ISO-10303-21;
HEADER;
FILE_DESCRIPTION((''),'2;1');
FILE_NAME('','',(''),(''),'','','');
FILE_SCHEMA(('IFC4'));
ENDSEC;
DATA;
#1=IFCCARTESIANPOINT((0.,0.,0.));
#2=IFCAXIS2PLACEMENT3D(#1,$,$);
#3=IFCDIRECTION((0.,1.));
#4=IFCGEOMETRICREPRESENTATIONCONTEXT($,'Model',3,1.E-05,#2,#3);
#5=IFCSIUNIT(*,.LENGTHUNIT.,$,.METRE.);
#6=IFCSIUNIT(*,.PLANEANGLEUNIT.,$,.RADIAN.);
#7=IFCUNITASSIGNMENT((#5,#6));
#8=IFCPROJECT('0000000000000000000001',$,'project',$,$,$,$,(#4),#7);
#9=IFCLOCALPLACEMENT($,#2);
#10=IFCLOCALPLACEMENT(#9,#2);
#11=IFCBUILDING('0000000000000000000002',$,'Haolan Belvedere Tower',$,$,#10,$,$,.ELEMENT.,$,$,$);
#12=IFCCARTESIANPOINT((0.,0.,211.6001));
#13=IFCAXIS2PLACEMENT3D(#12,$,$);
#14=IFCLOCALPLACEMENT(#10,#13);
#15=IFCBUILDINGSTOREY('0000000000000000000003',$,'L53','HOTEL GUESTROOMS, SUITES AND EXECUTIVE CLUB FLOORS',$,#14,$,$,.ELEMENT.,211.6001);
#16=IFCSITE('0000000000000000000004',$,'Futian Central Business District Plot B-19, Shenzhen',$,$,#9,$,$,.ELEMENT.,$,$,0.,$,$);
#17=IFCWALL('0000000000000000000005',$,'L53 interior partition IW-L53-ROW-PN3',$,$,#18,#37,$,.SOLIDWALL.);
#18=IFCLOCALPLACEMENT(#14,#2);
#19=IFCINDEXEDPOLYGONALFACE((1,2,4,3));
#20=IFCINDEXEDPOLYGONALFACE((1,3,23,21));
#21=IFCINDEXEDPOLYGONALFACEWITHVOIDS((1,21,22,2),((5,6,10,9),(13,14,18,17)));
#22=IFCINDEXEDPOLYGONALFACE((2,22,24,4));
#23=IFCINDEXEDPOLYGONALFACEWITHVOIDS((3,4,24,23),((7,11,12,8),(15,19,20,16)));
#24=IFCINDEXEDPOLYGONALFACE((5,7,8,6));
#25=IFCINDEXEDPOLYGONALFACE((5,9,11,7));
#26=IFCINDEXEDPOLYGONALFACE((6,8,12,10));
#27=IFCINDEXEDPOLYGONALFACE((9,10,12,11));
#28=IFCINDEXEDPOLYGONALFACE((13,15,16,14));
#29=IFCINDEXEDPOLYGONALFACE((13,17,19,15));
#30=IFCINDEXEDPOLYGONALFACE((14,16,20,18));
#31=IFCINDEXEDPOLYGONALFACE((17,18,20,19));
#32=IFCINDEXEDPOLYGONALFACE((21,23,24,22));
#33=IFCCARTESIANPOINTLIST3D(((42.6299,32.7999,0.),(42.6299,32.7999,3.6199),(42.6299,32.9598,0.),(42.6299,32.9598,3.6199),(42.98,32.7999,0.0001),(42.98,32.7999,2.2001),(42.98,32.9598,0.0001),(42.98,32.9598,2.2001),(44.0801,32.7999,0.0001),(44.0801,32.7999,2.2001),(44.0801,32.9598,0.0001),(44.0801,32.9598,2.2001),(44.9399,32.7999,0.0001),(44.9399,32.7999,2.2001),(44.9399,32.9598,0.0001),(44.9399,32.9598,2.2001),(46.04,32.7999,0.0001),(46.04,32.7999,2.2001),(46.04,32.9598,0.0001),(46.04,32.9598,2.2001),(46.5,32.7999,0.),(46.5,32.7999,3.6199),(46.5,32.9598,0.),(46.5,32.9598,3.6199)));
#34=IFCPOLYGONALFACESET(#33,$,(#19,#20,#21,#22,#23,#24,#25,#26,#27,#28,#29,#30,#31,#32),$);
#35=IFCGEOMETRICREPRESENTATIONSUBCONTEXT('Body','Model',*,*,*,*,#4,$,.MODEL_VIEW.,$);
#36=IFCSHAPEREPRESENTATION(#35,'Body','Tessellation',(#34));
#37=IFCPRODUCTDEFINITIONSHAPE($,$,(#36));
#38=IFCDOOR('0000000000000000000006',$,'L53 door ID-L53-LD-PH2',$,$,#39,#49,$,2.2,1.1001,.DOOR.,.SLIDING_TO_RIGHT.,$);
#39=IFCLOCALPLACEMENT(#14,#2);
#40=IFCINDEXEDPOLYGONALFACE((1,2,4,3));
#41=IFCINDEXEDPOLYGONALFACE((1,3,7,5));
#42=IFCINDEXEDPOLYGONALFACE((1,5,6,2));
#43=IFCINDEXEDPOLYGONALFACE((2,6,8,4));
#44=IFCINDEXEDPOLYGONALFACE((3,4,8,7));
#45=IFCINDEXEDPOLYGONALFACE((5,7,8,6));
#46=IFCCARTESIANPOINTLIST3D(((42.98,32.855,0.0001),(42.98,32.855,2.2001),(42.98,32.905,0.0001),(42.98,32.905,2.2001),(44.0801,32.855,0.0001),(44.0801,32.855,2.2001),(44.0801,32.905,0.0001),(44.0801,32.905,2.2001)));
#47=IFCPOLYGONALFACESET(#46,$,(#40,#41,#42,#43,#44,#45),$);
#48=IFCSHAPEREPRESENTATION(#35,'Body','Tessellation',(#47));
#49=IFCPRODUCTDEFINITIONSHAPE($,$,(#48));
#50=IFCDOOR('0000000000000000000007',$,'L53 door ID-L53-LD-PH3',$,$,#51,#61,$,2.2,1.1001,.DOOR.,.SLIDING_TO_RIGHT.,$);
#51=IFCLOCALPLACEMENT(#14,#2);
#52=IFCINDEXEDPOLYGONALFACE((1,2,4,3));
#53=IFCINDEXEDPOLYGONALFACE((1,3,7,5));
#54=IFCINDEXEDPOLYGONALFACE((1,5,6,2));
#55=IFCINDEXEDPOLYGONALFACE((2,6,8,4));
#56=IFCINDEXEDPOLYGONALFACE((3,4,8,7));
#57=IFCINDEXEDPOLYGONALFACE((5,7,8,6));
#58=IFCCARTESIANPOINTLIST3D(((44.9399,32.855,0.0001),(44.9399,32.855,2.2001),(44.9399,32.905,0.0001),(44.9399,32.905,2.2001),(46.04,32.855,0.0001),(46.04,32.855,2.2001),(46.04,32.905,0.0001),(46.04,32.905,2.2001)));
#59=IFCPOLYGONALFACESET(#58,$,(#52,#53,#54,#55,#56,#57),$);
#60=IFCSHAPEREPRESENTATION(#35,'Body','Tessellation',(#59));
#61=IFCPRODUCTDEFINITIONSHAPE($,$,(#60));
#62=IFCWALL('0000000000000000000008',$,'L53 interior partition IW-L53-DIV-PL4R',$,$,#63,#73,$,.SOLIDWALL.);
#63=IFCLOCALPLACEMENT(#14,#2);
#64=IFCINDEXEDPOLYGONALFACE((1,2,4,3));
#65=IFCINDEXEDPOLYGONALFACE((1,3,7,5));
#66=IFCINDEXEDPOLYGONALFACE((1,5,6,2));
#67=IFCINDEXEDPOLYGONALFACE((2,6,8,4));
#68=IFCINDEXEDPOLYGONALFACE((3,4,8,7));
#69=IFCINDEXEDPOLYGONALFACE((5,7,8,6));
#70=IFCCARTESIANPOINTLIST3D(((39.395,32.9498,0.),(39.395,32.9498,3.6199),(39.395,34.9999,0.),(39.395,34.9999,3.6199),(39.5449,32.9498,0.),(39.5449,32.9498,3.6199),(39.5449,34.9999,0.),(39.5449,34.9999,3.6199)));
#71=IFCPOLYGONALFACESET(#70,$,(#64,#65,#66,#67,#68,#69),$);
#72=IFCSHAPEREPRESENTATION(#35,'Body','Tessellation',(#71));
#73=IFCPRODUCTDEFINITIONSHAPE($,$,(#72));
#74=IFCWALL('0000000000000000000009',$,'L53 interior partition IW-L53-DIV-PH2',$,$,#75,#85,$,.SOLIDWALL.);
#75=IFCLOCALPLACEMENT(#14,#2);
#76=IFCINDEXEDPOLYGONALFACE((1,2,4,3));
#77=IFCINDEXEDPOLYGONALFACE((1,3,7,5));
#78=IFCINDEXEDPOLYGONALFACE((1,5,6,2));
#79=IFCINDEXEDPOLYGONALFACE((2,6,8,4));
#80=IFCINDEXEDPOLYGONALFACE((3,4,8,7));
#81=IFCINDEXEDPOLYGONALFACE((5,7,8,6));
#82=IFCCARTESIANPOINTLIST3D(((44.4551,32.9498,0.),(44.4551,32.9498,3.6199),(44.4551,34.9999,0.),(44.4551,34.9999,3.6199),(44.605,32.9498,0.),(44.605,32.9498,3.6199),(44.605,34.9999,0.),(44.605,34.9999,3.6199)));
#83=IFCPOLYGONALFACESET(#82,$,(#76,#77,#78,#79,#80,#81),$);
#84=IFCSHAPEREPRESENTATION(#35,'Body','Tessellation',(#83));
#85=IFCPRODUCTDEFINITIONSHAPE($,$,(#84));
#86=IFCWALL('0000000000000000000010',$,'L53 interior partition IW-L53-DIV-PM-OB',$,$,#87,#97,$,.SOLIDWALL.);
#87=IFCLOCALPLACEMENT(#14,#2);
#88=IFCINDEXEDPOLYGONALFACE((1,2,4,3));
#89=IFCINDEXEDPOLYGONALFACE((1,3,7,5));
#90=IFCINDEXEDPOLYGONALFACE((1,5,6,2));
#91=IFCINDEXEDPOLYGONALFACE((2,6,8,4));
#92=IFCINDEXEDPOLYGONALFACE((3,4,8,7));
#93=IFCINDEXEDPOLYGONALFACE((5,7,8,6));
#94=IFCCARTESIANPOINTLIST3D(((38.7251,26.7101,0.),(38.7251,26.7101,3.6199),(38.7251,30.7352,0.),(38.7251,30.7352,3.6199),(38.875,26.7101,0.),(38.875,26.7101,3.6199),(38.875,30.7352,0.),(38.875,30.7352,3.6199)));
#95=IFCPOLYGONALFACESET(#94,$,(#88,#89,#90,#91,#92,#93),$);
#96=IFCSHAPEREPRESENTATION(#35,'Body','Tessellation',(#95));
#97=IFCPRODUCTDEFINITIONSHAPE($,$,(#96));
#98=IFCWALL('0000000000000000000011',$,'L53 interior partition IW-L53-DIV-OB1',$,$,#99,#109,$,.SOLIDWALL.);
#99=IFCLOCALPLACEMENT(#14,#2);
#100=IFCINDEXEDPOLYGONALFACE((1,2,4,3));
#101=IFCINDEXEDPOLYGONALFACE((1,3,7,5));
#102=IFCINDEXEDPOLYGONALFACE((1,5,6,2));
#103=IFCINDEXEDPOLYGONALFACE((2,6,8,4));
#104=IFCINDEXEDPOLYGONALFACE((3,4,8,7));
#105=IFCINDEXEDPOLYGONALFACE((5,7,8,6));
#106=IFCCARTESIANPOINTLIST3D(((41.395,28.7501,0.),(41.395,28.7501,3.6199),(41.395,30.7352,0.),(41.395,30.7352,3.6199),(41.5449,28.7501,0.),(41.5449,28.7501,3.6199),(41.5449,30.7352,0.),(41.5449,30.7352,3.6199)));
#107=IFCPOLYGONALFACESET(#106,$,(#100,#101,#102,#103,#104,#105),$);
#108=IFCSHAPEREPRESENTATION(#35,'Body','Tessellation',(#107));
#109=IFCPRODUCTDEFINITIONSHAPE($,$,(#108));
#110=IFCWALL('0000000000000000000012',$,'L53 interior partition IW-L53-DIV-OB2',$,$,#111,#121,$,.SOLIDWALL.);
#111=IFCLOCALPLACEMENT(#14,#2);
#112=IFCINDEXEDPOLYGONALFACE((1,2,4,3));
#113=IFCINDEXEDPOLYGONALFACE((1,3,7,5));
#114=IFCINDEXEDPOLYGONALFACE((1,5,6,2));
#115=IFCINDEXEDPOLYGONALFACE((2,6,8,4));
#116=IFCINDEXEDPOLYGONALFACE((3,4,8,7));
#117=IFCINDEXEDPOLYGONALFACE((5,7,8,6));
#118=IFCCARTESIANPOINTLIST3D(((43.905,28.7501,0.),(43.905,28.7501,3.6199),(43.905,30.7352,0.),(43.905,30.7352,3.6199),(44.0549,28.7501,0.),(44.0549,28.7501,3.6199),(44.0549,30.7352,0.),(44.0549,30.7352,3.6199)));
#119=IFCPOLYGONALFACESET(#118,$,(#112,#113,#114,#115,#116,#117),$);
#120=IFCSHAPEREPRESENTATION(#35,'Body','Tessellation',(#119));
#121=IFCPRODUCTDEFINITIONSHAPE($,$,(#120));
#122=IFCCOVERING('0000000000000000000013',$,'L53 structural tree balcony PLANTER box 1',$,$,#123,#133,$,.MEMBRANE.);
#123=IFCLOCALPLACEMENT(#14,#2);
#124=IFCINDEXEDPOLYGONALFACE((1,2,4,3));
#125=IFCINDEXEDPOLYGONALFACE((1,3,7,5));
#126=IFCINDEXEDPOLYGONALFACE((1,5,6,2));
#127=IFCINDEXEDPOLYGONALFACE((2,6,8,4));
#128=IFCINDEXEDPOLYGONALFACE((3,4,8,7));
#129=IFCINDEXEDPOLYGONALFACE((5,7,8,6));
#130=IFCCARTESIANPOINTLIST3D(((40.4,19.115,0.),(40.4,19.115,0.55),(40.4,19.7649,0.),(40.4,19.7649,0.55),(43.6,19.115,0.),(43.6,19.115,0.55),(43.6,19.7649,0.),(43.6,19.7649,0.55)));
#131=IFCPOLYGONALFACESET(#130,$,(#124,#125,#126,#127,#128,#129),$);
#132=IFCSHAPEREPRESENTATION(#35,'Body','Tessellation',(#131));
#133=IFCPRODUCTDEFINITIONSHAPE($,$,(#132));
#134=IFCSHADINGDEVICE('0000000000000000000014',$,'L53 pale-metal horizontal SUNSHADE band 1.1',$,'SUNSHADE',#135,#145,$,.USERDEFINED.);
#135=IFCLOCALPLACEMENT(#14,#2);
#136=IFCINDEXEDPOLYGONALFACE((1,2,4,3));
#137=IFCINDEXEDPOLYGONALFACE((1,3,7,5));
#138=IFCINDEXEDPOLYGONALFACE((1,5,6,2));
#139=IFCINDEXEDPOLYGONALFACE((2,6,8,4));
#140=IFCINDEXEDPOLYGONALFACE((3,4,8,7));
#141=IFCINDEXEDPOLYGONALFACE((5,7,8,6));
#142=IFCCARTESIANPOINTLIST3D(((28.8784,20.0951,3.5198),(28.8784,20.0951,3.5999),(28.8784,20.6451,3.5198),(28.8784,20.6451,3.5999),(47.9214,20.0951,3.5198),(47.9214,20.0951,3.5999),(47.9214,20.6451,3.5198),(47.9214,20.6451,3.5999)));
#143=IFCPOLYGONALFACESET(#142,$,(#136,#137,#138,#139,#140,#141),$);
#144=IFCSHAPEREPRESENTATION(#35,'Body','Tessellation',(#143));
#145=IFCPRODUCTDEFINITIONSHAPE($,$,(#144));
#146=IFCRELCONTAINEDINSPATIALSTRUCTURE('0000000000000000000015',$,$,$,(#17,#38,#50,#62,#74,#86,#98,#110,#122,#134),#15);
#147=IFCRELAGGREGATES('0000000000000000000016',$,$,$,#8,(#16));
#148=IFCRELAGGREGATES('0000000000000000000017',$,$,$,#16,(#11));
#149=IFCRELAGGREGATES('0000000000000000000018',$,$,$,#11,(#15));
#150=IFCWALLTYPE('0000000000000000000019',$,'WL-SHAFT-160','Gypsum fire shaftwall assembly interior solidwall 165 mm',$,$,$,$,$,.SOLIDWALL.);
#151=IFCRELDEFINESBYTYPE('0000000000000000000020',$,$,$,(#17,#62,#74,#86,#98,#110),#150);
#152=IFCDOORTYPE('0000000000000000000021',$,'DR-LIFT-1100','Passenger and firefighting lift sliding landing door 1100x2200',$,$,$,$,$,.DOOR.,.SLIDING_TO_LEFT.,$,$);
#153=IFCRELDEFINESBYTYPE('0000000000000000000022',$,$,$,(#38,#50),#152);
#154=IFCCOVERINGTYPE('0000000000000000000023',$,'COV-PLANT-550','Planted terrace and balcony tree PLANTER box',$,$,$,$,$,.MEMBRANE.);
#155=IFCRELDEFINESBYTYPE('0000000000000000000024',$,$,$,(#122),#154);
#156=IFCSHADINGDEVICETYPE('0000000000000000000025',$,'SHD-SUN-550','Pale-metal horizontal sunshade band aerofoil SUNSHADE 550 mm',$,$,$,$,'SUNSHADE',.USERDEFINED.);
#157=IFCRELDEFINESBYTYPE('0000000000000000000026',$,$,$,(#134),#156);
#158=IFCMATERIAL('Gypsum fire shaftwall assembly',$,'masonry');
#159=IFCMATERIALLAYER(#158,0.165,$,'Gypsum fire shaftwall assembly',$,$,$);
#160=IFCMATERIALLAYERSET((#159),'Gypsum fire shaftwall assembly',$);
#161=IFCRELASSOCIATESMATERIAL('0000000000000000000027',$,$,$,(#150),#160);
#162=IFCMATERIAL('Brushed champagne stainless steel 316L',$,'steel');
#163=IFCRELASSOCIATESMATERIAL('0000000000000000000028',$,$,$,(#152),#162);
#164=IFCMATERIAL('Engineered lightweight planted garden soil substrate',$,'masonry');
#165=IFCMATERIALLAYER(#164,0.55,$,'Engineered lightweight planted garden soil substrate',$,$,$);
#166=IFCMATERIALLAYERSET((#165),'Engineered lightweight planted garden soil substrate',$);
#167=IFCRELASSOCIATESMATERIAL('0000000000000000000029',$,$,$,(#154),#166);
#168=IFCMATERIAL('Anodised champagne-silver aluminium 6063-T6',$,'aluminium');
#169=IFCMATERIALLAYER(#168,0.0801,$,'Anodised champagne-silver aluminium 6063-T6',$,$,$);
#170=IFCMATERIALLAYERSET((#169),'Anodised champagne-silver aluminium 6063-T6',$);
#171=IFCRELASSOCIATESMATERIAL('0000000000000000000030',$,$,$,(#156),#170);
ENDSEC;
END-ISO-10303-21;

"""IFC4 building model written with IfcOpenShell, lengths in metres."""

from ifc_helpers import new_model, si_unit, direction, frame, frame_2d, origin, origin_2d, place, context, subcontext, project, spatial, rectangle, extrude, material, layer, layer_set, type_object, element, fill, save


model = new_model("IFC4")

# Units and contexts
model_context = context("Model", 3, precision=1e-05, world=origin(), true_north=direction((0.0, 1.0)))
body_context = subcontext(model_context, "Body", "Model", "MODEL_VIEW")
ifc_project = project(units=[si_unit("LENGTHUNIT", "METRE"), si_unit("PLANEANGLEUNIT", "RADIAN")], contexts=[model_context])

# Site, building, storey
site_placement = place(None, origin())
site = spatial("IfcSite", under=ifc_project, at=site_placement, Name="Futian Central Business District Plot B-19, Shenzhen", CompositionType="ELEMENT", RefElevation=0.0)
building_placement = place(site_placement, origin())
building = spatial("IfcBuilding", under=site, at=building_placement, Name="Haolan Belvedere Tower", CompositionType="ELEMENT")
storey_placement = place(building_placement, frame((0.0, 0.0, 211.6001)))
storey = spatial("IfcBuildingStorey", under=building, at=storey_placement, Name="L53", Description="HOTEL GUESTROOMS, SUITES AND EXECUTIVE CLUB FLOORS", CompositionType="ELEMENT", Elevation=211.6001)

# Shared definitions
ifc_material_1 = material(Name="Gypsum fire shaftwall assembly", Category="masonry")
ifc_layer_1 = layer(ifc_material_1, 0.165, Name="Gypsum fire shaftwall assembly")
ifc_layer_set_1 = layer_set([ifc_layer_1], Name="Gypsum fire shaftwall assembly")
wall_type_1 = type_object("IfcWallType", Name="WL-SHAFT-160", Description="Gypsum fire shaftwall assembly interior solidwall 165 mm", PredefinedType="SOLIDWALL", material=ifc_layer_set_1)

# Wall, openings, doors
wall_1_placement = place(storey_placement, frame((42.6299, 32.8799, 0.0), z_axis=(0.0, 0.0, 1.0), x_axis=(1.0, 0.0, 0.0)))
wall_1 = element("IfcWall", 1, at=wall_1_placement, inside=storey, type_object=wall_type_1, Name="L53 interior partition IW-L53-ROW-PN3", PredefinedType="SOLIDWALL", context=body_context, shape_type="SweptSolid", body=[
    extrude(rectangle(XDim=3.8701, YDim=0.1599, at=frame_2d((1.9351, 0.0))), origin(), (0.0, 0.0, 1.0), 3.6199),
])
opening_1_placement = place(wall_1_placement, frame((1.4502, 0.0, 0.0), z_axis=(0.0, 0.0, 1.0), x_axis=(-1.0, 0.0, 0.0)))
opening_1 = element("IfcOpeningElement", 2, at=opening_1_placement, cuts=wall_1, PredefinedType="OPENING", context=body_context, shape_type="SweptSolid", body=[
    extrude(rectangle(XDim=1.1001, YDim=2.2, at=frame_2d((0.55, 1.1001))), frame((0.0, 0.0898, 0.0), z_axis=(0.0, -1.0, 0.0), x_axis=(1.0, 0.0, 0.0)), (0.0, 0.0, 1.0), 0.1799),
])
opening_2_placement = place(wall_1_placement, frame((3.4102, 0.0, 0.0), z_axis=(0.0, 0.0, 1.0), x_axis=(-1.0, 0.0, 0.0)))
opening_2 = element("IfcOpeningElement", 3, at=opening_2_placement, cuts=wall_1, PredefinedType="OPENING", context=body_context, shape_type="SweptSolid", body=[
    extrude(rectangle(XDim=1.1001, YDim=2.2, at=frame_2d((0.55, 1.1001))), frame((0.0, 0.0898, 0.0), z_axis=(0.0, -1.0, 0.0), x_axis=(1.0, 0.0, 0.0)), (0.0, 0.0, 1.0), 0.1799),
])
ifc_material_2 = material(Name="Brushed champagne stainless steel 316L", Category="steel")
door_type_1 = type_object("IfcDoorType", Name="DR-LIFT-1100", Description="Passenger and firefighting lift sliding landing door 1100x2200", OperationType="SLIDING_TO_LEFT", PredefinedType="DOOR", material=ifc_material_2)
door_1_placement = place(opening_1_placement, origin())
door_1 = element("IfcDoor", 4, at=door_1_placement, inside=storey, type_object=door_type_1, Name="L53 door ID-L53-LD-PH2", OperationType="SLIDING_TO_RIGHT", OverallHeight=2.2, OverallWidth=1.1001, PredefinedType="DOOR", context=body_context, shape_type="SweptSolid", body=[
    extrude(rectangle(XDim=1.1001, YDim=2.2, at=frame_2d((0.55, 1.1001))), frame((0.0, 0.0249, 0.0), z_axis=(0.0, -1.0, 0.0), x_axis=(1.0, 0.0, 0.0)), (0.0, 0.0, 1.0), 0.05),
])
fill(opening_1, door_1)
door_2_placement = place(opening_2_placement, origin())
door_2 = element("IfcDoor", 5, at=door_2_placement, inside=storey, type_object=door_type_1, Name="L53 door ID-L53-LD-PH3", OperationType="SLIDING_TO_RIGHT", OverallHeight=2.2, OverallWidth=1.1001, PredefinedType="DOOR", context=body_context, shape_type="SweptSolid", body=[
    extrude(rectangle(XDim=1.1001, YDim=2.2, at=frame_2d((0.55, 1.1001))), frame((0.0, 0.0249, 0.0), z_axis=(0.0, -1.0, 0.0), x_axis=(1.0, 0.0, 0.0)), (0.0, 0.0, 1.0), 0.05),
])
fill(opening_2, door_2)

# Walls
for number, where, z_axis, x_axis, name in (
    (6, (39.47, 32.95, 0.0), (0.0, 0.0, 1.0), (0.0, 1.0, 0.0), "L53 interior partition IW-L53-DIV-PL4R"),
    (7, (44.53, 32.95, 0.0), (0.0, 0.0, 1.0), (0.0, 1.0, 0.0), "L53 interior partition IW-L53-DIV-PH2"),
):
    element("IfcWall", number, at=place(storey_placement, frame(where, z_axis=z_axis, x_axis=x_axis)), inside=storey, type_object=wall_type_1, Name=name, PredefinedType="SOLIDWALL", context=body_context, shape_type="SweptSolid", body=[
        extrude(rectangle(XDim=2.05, YDim=0.1499, at=frame_2d((1.0249, 0.0))), origin(), (0.0, 0.0, 1.0), 3.6199),
    ])
wall_2_placement = place(storey_placement, frame((38.8, 26.71, 0.0), z_axis=(0.0, 0.0, 1.0), x_axis=(0.0, 1.0, 0.0)))
element("IfcWall", 8, at=wall_2_placement, inside=storey, type_object=wall_type_1, Name="L53 interior partition IW-L53-DIV-PM-OB", PredefinedType="SOLIDWALL", context=body_context, shape_type="SweptSolid", body=[
    extrude(rectangle(XDim=4.0251, YDim=0.1499, at=frame_2d((2.0127, 0.0))), origin(), (0.0, 0.0, 1.0), 3.6199),
])
for number, where, z_axis, x_axis, name in (
    (9, (41.47, 28.75, 0.0), (0.0, 0.0, 1.0), (0.0, 1.0, 0.0), "L53 interior partition IW-L53-DIV-OB1"),
    (10, (43.98, 28.75, 0.0), (0.0, 0.0, 1.0), (0.0, 1.0, 0.0), "L53 interior partition IW-L53-DIV-OB2"),
):
    element("IfcWall", number, at=place(storey_placement, frame(where, z_axis=z_axis, x_axis=x_axis)), inside=storey, type_object=wall_type_1, Name=name, PredefinedType="SOLIDWALL", context=body_context, shape_type="SweptSolid", body=[
        extrude(rectangle(XDim=1.9851, YDim=0.1499, at=frame_2d((0.9927, 0.0))), origin(), (0.0, 0.0, 1.0), 3.6199),
    ])

# Covering
ifc_material_3 = material(Name="Engineered lightweight planted garden soil substrate", Category="masonry")
ifc_layer_2 = layer(ifc_material_3, 0.55, Name="Engineered lightweight planted garden soil substrate")
ifc_layer_set_2 = layer_set([ifc_layer_2], Name="Engineered lightweight planted garden soil substrate")
covering_type = type_object("IfcCoveringType", Name="COV-PLANT-550", Description="Planted terrace and balcony tree PLANTER box", PredefinedType="MEMBRANE", material=ifc_layer_set_2)
covering_placement = place(storey_placement, frame((42.0, 19.4399, 0.0), z_axis=(0.0, 0.0, 1.0), x_axis=(1.0, 0.0, 0.0)))
element("IfcCovering", 11, at=covering_placement, inside=storey, type_object=covering_type, Name="L53 structural tree balcony PLANTER box 1", PredefinedType="MEMBRANE", context=body_context, shape_type="SweptSolid", body=[
    extrude(rectangle(XDim=3.2, YDim=0.6499, at=origin_2d()), origin(), (0.0, 0.0, 1.0), 0.55),
])

# Shading device
ifc_material_4 = material(Name="Anodised champagne-silver aluminium 6063-T6", Category="aluminium")
ifc_layer_3 = layer(ifc_material_4, 0.0801, Name="Anodised champagne-silver aluminium 6063-T6")
ifc_layer_set_3 = layer_set([ifc_layer_3], Name="Anodised champagne-silver aluminium 6063-T6")
shading_device_type = type_object("IfcShadingDeviceType", Name="SHD-SUN-550", Description="Pale-metal horizontal sunshade band aerofoil SUNSHADE 550 mm", ElementType="SUNSHADE", PredefinedType="USERDEFINED", material=ifc_layer_set_3)
shading_device_placement = place(storey_placement, frame((38.3999, 20.3701, 3.5198), z_axis=(0.0, 0.0, 1.0), x_axis=(1.0, 0.0, 0.0)))
element("IfcShadingDevice", 12, at=shading_device_placement, inside=storey, type_object=shading_device_type, Name="L53 pale-metal horizontal SUNSHADE band 1.1", ObjectType="SUNSHADE", PredefinedType="USERDEFINED", context=body_context, shape_type="SweptSolid", body=[
    extrude(rectangle(XDim=19.043, YDim=0.55, at=origin_2d()), origin(), (0.0, 0.0, 1.0), 0.0801),
])

save(model, "model.ifc")
